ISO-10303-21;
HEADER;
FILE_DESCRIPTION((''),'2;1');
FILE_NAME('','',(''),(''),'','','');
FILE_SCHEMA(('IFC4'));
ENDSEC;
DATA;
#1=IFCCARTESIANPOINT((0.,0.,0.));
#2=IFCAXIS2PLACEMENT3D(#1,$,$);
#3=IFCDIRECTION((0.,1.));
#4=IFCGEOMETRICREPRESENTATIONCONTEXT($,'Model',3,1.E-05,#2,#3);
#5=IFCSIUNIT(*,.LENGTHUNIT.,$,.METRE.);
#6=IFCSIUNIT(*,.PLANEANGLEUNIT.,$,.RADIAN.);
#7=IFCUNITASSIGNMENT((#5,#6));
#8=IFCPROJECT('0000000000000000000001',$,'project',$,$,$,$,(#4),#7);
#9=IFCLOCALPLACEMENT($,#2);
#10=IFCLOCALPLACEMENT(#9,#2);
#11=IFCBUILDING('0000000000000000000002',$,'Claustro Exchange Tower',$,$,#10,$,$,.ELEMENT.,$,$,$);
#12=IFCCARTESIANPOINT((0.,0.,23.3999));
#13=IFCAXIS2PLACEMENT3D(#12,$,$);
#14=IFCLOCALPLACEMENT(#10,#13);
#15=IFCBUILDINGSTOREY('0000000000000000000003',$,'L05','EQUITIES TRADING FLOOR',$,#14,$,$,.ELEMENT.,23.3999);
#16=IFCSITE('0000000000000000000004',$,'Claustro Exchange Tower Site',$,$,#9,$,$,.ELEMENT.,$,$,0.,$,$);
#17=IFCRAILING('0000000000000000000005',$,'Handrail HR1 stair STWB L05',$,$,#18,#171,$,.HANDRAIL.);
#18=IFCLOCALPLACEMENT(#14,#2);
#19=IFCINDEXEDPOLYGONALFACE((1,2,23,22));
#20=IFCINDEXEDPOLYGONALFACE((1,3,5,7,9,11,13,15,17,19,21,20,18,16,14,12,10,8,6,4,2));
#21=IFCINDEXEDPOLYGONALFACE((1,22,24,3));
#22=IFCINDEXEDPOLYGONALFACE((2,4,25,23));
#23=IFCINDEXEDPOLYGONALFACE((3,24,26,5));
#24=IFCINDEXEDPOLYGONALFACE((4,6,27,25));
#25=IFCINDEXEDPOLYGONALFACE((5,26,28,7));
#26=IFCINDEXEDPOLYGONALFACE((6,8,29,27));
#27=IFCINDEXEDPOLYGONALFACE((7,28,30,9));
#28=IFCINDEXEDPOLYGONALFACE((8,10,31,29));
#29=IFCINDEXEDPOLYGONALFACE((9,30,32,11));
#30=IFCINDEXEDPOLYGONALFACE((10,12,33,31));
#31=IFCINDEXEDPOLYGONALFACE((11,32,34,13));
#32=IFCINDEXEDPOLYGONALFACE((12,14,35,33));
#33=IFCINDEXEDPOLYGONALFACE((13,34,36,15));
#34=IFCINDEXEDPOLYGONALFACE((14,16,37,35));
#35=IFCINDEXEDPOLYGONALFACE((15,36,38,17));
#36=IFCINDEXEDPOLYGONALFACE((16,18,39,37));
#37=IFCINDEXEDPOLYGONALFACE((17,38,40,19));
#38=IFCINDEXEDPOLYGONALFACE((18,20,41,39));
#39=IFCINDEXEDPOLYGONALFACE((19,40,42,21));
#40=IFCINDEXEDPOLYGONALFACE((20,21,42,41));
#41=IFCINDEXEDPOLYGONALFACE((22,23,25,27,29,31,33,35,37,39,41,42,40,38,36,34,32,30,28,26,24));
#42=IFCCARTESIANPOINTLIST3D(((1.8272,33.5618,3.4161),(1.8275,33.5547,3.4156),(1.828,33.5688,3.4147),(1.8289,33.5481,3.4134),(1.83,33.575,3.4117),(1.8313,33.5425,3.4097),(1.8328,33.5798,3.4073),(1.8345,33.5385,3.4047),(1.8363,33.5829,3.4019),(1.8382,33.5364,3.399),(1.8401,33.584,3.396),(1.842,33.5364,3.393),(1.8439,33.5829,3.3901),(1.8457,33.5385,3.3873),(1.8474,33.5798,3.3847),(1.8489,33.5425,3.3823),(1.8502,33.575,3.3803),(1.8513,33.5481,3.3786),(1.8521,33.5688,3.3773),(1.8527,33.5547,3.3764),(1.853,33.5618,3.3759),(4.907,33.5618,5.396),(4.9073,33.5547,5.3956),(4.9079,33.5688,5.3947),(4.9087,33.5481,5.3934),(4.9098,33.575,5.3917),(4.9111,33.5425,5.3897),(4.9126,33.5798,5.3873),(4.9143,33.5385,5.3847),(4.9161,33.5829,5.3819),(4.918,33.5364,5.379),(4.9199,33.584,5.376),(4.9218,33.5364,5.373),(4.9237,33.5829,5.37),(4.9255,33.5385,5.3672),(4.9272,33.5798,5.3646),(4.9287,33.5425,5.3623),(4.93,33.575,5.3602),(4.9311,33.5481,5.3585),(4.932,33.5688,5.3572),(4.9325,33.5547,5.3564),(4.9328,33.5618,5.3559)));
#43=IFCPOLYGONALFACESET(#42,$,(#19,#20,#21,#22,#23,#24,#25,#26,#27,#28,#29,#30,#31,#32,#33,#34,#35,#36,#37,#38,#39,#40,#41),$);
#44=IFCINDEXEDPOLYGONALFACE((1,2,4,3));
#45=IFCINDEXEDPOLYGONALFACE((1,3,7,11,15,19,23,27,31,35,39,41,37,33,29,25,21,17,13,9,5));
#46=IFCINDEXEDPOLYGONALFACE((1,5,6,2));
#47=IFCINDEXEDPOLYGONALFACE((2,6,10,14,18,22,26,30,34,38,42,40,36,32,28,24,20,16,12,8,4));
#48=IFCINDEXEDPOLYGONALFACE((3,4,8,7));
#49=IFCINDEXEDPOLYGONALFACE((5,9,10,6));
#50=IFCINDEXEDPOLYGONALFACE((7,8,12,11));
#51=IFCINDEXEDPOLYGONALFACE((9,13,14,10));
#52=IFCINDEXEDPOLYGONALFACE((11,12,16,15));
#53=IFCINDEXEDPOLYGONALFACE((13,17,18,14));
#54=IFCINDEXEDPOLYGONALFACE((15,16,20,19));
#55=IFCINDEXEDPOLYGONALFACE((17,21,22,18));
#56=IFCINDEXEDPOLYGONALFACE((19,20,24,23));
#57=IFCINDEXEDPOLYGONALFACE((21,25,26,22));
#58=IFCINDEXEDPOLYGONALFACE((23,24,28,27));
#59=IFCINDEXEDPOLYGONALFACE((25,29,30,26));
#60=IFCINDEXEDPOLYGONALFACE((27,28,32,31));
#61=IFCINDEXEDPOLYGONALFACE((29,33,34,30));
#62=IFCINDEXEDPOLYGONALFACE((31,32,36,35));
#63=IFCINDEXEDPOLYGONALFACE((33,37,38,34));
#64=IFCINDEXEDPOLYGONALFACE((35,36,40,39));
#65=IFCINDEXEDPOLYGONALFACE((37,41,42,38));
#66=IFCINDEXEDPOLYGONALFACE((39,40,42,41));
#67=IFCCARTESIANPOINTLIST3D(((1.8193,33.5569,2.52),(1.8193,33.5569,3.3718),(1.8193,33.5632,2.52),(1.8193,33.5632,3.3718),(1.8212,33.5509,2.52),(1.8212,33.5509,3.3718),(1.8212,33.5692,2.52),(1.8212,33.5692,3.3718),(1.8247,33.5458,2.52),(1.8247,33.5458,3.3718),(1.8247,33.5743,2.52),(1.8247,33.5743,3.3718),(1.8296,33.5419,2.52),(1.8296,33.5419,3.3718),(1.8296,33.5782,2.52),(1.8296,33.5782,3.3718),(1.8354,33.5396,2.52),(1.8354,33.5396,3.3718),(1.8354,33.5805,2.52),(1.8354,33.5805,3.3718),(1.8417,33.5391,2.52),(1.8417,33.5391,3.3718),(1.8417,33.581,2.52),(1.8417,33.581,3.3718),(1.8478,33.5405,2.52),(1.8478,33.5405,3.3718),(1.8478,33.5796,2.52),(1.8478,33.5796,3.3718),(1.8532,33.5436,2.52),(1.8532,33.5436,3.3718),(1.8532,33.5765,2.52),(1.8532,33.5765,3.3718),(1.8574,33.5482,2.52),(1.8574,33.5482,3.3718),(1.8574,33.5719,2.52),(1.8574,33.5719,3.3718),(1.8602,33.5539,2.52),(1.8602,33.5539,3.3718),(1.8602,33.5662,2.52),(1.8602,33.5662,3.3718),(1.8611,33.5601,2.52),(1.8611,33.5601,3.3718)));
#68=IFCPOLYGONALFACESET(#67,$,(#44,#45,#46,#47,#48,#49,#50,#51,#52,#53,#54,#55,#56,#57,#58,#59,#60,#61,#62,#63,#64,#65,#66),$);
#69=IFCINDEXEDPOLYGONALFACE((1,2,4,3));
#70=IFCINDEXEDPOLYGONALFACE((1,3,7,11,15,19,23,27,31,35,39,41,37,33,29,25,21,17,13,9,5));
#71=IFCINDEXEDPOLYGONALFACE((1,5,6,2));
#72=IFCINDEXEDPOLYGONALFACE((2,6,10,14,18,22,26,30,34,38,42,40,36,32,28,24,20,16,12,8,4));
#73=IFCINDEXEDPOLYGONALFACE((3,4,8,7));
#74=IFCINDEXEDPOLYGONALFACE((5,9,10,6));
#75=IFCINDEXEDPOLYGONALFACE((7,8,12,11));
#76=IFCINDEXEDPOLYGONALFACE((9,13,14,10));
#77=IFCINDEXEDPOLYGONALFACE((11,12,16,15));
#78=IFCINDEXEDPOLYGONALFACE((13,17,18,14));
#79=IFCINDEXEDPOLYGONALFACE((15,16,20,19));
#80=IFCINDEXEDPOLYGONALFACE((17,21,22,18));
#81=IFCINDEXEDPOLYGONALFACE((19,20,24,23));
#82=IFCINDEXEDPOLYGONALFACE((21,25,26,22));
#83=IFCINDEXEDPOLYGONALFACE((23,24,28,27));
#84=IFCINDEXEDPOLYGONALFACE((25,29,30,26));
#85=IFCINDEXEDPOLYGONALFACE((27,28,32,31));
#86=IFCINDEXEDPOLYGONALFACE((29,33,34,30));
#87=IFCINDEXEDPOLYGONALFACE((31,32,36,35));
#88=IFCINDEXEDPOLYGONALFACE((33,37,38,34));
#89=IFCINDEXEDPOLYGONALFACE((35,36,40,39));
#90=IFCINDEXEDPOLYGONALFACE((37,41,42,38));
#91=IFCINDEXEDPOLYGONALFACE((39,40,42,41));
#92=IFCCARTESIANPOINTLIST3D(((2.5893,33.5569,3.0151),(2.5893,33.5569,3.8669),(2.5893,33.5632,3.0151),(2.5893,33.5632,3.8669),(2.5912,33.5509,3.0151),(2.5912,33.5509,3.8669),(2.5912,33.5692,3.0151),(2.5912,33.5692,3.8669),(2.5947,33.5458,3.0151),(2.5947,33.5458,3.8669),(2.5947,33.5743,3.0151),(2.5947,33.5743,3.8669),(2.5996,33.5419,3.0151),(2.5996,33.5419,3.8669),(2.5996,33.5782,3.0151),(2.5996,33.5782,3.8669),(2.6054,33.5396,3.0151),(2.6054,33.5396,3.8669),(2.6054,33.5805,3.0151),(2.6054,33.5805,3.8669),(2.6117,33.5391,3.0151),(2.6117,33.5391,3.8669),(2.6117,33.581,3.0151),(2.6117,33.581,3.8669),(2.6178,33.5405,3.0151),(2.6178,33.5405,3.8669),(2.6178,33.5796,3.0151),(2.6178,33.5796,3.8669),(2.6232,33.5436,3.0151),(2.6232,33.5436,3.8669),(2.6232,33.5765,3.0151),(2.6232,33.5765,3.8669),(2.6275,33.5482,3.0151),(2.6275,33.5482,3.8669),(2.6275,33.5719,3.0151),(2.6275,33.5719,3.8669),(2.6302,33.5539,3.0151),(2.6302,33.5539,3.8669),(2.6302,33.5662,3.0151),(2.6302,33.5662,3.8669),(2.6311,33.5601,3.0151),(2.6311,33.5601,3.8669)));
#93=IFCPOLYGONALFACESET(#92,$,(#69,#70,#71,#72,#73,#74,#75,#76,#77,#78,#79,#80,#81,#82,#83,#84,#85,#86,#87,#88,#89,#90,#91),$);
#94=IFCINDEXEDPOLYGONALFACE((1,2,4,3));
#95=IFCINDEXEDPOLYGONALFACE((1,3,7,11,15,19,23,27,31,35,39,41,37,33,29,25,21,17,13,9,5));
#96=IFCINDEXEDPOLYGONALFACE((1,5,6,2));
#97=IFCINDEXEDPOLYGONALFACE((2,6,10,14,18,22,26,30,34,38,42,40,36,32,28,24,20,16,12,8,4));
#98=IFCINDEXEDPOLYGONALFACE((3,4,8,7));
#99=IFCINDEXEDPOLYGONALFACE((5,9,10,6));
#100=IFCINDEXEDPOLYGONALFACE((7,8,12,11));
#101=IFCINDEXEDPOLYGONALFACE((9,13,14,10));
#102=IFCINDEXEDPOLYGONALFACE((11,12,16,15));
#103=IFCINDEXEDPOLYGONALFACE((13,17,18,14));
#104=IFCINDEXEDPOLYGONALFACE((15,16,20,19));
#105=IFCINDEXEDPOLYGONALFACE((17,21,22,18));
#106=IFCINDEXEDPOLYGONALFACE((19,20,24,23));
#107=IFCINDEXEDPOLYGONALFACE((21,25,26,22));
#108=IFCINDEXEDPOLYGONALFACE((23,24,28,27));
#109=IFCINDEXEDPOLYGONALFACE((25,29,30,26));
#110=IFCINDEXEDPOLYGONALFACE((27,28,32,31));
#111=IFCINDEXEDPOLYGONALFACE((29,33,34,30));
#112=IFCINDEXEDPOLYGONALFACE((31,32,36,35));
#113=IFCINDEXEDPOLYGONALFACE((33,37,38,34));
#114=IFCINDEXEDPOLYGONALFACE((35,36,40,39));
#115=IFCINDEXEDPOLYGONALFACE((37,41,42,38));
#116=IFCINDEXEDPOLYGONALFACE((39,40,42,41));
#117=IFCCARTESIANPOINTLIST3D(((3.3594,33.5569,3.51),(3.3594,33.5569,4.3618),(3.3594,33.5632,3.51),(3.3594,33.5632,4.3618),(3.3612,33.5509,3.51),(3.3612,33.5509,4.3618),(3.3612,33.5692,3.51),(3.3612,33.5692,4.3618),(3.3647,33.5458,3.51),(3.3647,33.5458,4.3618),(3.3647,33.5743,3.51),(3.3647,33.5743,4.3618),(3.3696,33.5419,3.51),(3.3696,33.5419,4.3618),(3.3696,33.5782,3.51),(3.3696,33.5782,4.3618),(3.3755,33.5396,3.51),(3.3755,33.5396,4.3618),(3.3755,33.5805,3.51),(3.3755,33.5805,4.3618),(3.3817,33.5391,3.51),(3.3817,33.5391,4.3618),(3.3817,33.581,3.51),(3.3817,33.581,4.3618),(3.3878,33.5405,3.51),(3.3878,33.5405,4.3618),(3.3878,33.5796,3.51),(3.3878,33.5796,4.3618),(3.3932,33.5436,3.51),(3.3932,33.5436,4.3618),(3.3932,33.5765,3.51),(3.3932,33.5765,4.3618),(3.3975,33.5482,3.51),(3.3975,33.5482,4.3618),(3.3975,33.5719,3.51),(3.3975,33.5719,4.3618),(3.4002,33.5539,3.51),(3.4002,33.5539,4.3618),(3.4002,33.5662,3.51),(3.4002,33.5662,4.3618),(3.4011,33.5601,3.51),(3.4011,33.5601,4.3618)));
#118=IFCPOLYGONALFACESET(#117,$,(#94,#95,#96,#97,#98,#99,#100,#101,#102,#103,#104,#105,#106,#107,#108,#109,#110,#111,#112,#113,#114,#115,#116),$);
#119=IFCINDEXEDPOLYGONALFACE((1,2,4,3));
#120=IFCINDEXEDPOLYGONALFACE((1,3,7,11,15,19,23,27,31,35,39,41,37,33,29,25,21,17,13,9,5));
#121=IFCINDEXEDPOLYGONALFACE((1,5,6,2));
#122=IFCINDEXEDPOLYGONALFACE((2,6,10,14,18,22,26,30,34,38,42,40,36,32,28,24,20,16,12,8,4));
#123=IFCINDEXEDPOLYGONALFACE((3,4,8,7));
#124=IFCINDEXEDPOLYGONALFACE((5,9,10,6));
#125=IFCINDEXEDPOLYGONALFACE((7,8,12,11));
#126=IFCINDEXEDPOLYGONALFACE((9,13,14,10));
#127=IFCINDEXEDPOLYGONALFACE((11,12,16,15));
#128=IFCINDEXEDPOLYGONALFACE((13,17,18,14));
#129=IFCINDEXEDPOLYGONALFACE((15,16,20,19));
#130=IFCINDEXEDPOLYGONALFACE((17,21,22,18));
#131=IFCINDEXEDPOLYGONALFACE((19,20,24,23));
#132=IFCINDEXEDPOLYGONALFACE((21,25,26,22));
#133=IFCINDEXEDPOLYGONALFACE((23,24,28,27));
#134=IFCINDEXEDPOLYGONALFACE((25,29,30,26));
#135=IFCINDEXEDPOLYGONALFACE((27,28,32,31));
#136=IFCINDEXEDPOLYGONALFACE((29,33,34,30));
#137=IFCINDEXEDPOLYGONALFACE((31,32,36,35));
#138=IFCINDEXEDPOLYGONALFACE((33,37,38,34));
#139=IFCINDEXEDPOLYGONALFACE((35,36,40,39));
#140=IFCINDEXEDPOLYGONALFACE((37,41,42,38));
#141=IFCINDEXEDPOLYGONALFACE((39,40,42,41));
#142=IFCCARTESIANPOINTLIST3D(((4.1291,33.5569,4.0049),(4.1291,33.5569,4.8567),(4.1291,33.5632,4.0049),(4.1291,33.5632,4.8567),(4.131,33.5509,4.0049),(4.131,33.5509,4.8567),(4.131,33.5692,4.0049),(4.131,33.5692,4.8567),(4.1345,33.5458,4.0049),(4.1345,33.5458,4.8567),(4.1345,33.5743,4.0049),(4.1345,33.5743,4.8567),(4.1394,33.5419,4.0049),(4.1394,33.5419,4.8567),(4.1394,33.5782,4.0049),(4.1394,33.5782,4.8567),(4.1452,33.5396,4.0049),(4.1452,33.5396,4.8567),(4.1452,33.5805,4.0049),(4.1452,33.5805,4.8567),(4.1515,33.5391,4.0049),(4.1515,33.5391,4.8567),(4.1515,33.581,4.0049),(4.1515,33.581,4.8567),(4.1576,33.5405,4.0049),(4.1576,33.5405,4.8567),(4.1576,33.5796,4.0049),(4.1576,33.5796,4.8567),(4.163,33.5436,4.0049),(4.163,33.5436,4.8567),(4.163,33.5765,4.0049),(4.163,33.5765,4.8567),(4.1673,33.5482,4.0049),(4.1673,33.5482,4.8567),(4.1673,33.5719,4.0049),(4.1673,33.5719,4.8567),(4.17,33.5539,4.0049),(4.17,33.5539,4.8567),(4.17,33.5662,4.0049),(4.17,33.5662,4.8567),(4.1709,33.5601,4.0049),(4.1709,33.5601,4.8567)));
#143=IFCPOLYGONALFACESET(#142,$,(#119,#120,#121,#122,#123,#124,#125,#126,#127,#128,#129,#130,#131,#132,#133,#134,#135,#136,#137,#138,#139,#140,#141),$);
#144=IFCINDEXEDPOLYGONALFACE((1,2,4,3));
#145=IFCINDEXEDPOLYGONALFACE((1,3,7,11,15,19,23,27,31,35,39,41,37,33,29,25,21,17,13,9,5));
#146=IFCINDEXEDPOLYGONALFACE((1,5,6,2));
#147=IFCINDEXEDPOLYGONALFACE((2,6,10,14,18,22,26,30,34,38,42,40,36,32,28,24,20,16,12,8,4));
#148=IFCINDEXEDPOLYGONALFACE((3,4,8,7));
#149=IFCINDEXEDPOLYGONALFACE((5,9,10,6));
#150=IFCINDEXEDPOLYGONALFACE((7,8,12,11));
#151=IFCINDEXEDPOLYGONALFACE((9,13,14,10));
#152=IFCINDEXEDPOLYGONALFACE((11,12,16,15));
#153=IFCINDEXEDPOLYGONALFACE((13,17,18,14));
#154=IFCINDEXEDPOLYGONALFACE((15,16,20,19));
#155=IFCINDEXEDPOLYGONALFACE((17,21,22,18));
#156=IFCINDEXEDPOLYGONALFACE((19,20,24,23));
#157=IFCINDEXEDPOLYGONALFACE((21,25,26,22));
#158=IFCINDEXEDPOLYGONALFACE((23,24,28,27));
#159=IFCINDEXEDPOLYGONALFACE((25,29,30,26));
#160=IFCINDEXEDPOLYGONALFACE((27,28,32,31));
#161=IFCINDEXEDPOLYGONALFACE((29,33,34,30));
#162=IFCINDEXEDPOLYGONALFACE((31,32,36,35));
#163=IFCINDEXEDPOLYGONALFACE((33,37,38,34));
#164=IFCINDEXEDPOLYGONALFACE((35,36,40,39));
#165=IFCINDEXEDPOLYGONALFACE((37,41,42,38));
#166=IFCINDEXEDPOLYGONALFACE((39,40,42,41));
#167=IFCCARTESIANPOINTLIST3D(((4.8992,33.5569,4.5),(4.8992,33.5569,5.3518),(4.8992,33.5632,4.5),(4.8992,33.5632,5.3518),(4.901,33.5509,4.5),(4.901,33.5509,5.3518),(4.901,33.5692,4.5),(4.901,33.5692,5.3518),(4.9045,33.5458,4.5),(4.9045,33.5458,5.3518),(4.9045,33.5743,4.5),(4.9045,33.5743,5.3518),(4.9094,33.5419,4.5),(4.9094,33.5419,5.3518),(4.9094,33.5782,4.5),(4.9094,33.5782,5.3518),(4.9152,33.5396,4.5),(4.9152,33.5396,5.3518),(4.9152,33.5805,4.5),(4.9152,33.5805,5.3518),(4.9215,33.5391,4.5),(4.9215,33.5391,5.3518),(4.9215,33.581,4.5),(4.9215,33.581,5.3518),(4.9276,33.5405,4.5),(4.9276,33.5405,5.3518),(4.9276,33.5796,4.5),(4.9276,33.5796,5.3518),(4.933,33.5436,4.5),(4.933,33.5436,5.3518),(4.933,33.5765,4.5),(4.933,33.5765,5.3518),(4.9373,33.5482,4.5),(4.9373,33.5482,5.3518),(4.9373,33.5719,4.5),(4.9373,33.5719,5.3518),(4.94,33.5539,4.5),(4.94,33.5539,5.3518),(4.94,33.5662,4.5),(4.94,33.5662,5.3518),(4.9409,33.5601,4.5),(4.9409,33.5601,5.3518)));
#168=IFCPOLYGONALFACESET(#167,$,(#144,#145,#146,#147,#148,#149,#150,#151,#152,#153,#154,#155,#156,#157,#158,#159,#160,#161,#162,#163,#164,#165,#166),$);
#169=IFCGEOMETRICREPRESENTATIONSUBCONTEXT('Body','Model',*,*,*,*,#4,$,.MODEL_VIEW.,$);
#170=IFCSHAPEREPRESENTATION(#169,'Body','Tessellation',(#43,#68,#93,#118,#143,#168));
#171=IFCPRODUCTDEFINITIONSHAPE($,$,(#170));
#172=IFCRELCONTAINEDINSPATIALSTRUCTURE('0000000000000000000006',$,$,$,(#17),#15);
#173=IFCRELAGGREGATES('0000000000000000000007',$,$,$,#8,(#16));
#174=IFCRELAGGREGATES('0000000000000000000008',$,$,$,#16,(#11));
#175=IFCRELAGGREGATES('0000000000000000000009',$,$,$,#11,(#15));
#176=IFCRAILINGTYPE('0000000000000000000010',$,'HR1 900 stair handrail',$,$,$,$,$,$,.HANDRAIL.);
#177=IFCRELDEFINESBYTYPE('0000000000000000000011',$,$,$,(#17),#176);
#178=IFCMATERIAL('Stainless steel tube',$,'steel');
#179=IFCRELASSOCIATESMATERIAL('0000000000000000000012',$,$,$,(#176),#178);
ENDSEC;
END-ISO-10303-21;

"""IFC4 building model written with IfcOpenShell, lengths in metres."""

from ifc_helpers import new_model, si_unit, direction, frame, origin, origin_2d, place, context, subcontext, project, spatial, circle, extrude, material, type_object, element, save


model = new_model("IFC4")

# Units and contexts
model_context = context("Model", 3, precision=1e-05, world=origin(), true_north=direction((0.0, 1.0)))
body_context = subcontext(model_context, "Body", "Model", "MODEL_VIEW")
ifc_project = project(units=[si_unit("LENGTHUNIT", "METRE"), si_unit("PLANEANGLEUNIT", "RADIAN")], contexts=[model_context])

# Site, building, storey
site_placement = place(None, origin())
site = spatial("IfcSite", under=ifc_project, at=site_placement, Name="Claustro Exchange Tower Site", CompositionType="ELEMENT", RefElevation=0.0)
building_placement = place(site_placement, origin())
building = spatial("IfcBuilding", under=site, at=building_placement, Name="Claustro Exchange Tower", CompositionType="ELEMENT")
storey_placement = place(building_placement, frame((0.0, 0.0, 23.3999)))
storey = spatial("IfcBuildingStorey", under=building, at=storey_placement, Name="L05", Description="EQUITIES TRADING FLOOR", CompositionType="ELEMENT", Elevation=23.3999)

# Railing
ifc_material_1 = material(Name="Stainless steel tube", Category="steel")
railing_type_1 = type_object("IfcRailingType", Name="HR1 900 stair handrail", PredefinedType="HANDRAIL", material=ifc_material_1)
railing_1_placement = place(storey_placement, frame((1.8401, 33.5601, 2.52)))
element("IfcRailing", 1, at=railing_1_placement, inside=storey, type_object=railing_type_1, Name="Handrail HR1 stair STWB L05", PredefinedType="HANDRAIL", context=body_context, shape_type="SweptSolid", body=[
    extrude(circle(Radius=0.0239, at=origin_2d()), frame((0.0, 0.0, 0.876), z_axis=(0.841168, 0.0, 0.540774), x_axis=(0.0, 1.0, 0.0)), (0.0, 0.0, 1.0), 3.6614),
    extrude(circle(Radius=0.021, at=origin_2d()), origin(), (0.0, 0.0, 1.0), 0.8518),
    extrude(circle(Radius=0.021, at=origin_2d()), frame((0.77, 0.0, 0.4951)), (0.0, 0.0, 1.0), 0.8518),
    extrude(circle(Radius=0.021, at=origin_2d()), frame((1.54, 0.0, 0.99)), (0.0, 0.0, 1.0), 0.8518),
    extrude(circle(Radius=0.021, at=origin_2d()), frame((2.3098, 0.0, 1.4849)), (0.0, 0.0, 1.0), 0.8518),
    extrude(circle(Radius=0.021, at=origin_2d()), frame((3.0798, 0.0, 1.98)), (0.0, 0.0, 1.0), 0.8518),
])

save(model, "model.ifc")
